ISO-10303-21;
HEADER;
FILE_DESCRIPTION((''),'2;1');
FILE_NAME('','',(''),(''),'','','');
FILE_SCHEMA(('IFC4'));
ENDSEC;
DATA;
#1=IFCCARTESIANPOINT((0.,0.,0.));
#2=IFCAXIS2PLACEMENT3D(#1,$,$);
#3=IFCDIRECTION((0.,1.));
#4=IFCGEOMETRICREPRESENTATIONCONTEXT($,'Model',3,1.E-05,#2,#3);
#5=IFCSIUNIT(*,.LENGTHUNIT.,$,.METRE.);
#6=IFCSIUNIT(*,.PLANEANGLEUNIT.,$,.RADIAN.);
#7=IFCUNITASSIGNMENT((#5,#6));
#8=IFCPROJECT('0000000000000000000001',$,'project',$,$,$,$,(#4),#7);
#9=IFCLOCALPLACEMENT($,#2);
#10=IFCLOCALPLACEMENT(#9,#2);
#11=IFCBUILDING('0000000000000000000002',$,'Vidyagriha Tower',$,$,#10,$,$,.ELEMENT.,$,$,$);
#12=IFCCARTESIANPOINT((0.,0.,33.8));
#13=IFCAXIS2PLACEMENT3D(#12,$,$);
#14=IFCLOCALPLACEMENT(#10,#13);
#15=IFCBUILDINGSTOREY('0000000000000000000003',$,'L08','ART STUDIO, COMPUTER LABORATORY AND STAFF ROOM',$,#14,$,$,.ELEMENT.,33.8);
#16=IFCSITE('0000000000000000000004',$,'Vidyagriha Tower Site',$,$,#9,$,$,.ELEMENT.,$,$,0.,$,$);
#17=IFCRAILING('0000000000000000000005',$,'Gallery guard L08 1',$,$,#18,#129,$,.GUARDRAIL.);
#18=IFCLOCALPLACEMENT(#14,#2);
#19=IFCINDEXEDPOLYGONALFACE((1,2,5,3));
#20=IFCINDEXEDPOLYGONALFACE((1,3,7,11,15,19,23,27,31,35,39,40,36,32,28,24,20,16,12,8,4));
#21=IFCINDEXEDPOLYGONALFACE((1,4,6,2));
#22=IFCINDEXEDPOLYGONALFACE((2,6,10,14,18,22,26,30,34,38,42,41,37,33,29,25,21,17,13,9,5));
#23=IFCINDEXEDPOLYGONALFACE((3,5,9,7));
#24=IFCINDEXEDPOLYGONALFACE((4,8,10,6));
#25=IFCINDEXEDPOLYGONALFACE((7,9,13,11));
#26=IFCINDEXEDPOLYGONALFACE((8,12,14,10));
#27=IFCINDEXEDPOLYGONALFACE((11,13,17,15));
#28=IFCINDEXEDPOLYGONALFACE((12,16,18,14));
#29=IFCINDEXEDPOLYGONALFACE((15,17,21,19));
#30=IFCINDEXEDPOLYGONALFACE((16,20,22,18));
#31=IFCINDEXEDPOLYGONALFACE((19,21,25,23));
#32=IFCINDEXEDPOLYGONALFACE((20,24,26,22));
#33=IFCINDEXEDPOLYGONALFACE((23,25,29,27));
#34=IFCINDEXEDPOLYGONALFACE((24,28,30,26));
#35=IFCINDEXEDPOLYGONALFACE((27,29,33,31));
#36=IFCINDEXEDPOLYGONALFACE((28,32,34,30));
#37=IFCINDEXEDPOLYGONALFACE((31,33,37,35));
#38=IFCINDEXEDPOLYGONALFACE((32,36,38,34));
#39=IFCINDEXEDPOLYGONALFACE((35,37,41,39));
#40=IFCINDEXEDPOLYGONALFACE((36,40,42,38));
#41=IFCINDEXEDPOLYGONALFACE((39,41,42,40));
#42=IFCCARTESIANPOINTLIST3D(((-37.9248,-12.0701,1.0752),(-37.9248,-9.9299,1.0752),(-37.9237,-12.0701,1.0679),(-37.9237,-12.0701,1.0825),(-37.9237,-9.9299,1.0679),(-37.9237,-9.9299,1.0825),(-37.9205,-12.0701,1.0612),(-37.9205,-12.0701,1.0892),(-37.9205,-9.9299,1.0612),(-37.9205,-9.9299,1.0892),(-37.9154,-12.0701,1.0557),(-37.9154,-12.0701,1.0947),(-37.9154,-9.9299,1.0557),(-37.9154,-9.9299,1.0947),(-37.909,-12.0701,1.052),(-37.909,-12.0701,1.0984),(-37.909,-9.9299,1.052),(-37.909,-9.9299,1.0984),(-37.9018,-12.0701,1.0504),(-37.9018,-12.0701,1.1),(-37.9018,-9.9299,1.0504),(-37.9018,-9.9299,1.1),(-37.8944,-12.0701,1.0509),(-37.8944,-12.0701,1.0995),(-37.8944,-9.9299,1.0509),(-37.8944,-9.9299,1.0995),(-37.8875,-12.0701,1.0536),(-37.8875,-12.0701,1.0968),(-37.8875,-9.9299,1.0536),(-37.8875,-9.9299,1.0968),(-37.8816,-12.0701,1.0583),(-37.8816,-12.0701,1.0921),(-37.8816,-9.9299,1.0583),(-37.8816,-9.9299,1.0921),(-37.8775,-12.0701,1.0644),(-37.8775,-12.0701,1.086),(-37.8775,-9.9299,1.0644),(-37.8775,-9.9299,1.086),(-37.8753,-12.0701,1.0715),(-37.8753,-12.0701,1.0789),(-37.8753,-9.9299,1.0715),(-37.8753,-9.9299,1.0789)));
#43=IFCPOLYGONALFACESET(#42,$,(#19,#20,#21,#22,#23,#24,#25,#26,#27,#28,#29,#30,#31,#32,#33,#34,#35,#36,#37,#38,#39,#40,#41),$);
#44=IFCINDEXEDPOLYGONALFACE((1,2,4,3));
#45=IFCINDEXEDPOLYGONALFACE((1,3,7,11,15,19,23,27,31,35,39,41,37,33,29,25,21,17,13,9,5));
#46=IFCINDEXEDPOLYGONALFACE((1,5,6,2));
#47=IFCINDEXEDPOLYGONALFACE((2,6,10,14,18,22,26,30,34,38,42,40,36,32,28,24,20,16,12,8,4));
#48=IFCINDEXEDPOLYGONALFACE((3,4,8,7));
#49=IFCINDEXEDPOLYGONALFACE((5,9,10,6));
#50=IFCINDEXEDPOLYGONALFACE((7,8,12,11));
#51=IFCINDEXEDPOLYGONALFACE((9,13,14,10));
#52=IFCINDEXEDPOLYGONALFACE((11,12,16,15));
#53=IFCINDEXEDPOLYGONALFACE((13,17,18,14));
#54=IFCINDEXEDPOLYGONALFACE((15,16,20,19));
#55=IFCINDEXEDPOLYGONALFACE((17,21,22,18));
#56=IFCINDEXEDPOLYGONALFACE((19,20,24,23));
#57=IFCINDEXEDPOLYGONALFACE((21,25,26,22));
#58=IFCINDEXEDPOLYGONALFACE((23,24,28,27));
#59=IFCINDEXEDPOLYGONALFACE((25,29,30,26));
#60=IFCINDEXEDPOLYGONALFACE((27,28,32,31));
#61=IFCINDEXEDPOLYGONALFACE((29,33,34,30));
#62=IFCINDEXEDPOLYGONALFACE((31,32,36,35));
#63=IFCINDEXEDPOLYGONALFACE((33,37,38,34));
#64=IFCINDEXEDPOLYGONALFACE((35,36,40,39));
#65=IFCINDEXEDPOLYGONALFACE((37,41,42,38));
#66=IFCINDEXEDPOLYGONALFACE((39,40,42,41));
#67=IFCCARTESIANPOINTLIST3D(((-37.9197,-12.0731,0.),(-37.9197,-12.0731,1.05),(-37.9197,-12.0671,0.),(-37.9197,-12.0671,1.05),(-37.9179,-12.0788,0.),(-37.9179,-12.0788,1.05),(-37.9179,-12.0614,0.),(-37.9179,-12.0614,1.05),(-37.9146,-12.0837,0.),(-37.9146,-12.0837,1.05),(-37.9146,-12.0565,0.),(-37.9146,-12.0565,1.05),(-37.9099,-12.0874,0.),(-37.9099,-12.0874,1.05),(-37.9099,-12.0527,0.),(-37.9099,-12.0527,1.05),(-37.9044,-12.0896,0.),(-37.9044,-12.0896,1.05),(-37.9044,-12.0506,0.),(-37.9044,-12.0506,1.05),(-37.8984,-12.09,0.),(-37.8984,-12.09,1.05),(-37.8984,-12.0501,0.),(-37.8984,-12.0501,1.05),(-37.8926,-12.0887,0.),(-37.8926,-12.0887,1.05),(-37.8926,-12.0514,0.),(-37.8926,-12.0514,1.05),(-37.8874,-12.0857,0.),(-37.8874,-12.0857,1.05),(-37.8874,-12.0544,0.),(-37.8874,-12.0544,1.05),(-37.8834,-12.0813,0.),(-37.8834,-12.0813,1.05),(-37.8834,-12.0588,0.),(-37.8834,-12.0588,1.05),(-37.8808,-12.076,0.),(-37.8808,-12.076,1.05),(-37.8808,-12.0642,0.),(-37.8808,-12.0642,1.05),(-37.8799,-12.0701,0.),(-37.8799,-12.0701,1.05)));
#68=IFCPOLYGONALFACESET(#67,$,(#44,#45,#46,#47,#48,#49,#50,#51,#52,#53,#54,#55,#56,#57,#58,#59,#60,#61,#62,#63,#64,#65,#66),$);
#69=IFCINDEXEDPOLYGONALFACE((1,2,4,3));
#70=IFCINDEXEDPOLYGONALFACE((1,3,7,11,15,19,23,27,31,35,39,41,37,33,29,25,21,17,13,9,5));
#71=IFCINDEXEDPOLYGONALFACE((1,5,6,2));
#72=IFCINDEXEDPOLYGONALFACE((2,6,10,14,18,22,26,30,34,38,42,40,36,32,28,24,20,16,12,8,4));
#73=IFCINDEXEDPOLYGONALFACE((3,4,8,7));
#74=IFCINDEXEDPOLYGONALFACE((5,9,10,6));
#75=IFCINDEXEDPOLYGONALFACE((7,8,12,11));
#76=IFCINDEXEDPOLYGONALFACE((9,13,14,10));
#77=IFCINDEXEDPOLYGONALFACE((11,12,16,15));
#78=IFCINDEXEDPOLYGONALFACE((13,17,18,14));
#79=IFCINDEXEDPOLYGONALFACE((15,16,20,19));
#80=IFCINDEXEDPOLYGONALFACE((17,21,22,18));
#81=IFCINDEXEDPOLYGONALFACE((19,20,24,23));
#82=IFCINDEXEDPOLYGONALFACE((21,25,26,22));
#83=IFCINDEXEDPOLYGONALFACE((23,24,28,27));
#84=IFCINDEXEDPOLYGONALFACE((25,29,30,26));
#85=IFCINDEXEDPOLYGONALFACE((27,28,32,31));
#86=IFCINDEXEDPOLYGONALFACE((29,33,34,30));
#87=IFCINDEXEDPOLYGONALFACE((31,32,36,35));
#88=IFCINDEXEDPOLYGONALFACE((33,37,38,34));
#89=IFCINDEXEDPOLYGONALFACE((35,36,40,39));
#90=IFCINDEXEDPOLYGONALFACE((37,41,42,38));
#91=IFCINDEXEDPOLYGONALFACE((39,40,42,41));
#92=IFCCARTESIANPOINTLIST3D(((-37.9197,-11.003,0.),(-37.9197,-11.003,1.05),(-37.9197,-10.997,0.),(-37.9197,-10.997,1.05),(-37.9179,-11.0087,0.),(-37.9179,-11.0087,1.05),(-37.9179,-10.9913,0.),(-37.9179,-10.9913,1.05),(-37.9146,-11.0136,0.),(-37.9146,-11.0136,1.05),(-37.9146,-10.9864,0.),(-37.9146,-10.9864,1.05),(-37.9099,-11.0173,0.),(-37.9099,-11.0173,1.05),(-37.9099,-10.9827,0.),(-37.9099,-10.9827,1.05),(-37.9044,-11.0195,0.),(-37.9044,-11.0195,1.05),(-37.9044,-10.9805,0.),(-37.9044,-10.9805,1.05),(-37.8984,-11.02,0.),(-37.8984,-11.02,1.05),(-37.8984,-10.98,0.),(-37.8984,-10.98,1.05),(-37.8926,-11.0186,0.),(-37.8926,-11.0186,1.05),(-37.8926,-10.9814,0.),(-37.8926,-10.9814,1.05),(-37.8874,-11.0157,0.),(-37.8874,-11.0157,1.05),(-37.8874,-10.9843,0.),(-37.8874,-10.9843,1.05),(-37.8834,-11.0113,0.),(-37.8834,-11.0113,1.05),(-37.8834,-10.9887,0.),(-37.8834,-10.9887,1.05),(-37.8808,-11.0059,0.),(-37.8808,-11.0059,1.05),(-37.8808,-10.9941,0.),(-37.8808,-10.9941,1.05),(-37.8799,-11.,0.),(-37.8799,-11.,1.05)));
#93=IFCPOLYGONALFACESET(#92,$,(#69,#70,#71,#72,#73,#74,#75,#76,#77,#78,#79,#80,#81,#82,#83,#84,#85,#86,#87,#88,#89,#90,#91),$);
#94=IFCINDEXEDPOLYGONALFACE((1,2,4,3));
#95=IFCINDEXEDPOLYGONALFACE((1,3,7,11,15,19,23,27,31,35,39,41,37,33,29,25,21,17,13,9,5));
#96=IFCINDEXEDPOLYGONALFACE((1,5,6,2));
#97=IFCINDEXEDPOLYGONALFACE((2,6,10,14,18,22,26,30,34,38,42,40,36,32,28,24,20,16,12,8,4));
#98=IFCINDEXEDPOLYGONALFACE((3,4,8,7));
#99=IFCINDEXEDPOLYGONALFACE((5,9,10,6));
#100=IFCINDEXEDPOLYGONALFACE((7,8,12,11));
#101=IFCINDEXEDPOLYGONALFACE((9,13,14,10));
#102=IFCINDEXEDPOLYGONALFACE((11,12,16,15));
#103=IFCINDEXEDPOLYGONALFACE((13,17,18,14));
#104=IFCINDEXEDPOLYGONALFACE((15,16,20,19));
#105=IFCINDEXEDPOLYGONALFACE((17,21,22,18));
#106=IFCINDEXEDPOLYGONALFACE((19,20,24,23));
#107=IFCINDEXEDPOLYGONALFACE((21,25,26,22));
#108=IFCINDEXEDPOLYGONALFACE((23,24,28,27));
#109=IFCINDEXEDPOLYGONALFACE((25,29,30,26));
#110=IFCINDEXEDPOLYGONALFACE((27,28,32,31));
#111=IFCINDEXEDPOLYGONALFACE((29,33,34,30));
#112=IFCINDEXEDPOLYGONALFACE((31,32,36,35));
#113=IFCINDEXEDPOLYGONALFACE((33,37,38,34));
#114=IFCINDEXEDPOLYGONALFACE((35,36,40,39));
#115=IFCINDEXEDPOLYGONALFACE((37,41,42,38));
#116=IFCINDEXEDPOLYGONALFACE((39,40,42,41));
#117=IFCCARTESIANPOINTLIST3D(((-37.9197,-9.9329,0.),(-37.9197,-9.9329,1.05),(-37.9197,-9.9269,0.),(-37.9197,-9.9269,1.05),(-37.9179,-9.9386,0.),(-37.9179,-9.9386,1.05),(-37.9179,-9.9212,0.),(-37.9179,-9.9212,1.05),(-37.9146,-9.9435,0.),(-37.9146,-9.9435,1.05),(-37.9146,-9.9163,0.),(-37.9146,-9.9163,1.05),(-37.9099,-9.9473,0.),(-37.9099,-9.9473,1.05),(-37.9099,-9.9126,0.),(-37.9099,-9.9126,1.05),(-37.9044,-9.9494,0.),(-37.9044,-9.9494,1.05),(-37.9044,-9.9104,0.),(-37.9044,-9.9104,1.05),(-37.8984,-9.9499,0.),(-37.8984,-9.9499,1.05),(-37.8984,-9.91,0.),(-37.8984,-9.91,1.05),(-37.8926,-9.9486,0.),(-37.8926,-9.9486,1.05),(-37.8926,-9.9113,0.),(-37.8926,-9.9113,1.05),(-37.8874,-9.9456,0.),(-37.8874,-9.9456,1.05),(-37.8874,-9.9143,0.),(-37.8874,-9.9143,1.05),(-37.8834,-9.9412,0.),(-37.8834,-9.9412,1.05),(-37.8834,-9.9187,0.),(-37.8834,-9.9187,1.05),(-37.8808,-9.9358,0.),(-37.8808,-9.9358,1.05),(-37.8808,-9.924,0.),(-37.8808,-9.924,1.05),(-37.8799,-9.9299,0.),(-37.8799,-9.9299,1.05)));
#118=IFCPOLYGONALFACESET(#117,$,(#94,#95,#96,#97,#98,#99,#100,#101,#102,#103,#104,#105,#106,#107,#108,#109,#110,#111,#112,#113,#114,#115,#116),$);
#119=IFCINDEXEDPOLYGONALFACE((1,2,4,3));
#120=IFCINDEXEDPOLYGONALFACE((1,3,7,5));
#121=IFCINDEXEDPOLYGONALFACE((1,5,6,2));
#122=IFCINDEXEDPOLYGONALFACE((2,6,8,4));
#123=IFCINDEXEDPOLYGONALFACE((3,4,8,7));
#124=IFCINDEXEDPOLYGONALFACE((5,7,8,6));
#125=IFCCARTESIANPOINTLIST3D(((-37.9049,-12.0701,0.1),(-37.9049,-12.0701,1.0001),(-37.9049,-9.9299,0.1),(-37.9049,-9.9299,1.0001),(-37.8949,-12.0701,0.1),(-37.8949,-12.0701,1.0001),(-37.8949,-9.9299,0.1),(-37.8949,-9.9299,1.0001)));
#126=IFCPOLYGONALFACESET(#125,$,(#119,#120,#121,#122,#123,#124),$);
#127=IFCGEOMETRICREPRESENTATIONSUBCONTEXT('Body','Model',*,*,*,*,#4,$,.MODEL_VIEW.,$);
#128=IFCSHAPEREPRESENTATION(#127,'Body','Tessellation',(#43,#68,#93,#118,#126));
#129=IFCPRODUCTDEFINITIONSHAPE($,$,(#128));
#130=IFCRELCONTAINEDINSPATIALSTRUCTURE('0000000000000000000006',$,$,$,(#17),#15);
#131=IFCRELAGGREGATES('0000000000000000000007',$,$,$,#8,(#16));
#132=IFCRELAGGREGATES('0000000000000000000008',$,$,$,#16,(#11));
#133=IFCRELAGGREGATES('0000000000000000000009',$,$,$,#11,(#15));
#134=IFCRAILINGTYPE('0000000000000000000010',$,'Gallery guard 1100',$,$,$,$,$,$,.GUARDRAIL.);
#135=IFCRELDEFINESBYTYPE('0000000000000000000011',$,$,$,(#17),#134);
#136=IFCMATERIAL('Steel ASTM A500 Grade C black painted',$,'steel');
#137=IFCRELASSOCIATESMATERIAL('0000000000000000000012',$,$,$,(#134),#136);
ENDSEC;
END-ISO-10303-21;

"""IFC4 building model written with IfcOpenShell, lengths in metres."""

from ifc_helpers import new_model, si_unit, direction, frame, origin, origin_2d, place, context, subcontext, project, spatial, rectangle, circle, extrude, material, type_object, element, save


model = new_model("IFC4")

# Units and contexts
model_context = context("Model", 3, precision=1e-05, world=origin(), true_north=direction((0.0, 1.0)))
body_context = subcontext(model_context, "Body", "Model", "MODEL_VIEW")
ifc_project = project(units=[si_unit("LENGTHUNIT", "METRE"), si_unit("PLANEANGLEUNIT", "RADIAN")], contexts=[model_context])

# Site, building, storey
site_placement = place(None, origin())
site = spatial("IfcSite", under=ifc_project, at=site_placement, Name="Vidyagriha Tower Site", CompositionType="ELEMENT", RefElevation=0.0)
building_placement = place(site_placement, origin())
building = spatial("IfcBuilding", under=site, at=building_placement, Name="Vidyagriha Tower", CompositionType="ELEMENT")
storey_placement = place(building_placement, frame((0.0, 0.0, 33.8)))
storey = spatial("IfcBuildingStorey", under=building, at=storey_placement, Name="L08", Description="ART STUDIO, COMPUTER LABORATORY AND STAFF ROOM", CompositionType="ELEMENT", Elevation=33.8)

# Railing
ifc_material_1 = material(Name="Steel ASTM A500 Grade C black painted", Category="steel")
railing_type = type_object("IfcRailingType", Name="Gallery guard 1100", PredefinedType="GUARDRAIL", material=ifc_material_1)
railing_1_placement = place(storey_placement, frame((-37.8999, -12.0701, 0.0)))
element("IfcRailing", 1, at=railing_1_placement, inside=storey, type_object=railing_type, Name="Gallery guard L08 1", PredefinedType="GUARDRAIL", context=body_context, shape_type="SweptSolid", body=[
    extrude(circle(Radius=0.0249, at=origin_2d()), frame((0.0, 0.0, 1.0752), z_axis=(0.0, 1.0, 0.0), x_axis=(-1.0, 0.0, 0.0)), (0.0, 0.0, 1.0), 2.1401),
    extrude(circle(Radius=0.02, at=origin_2d()), origin(), (0.0, 0.0, 1.0), 1.05),
    extrude(circle(Radius=0.02, at=origin_2d()), frame((0.0, 1.0701, 0.0)), (0.0, 0.0, 1.0), 1.05),
    extrude(circle(Radius=0.02, at=origin_2d()), frame((0.0, 2.1401, 0.0)), (0.0, 0.0, 1.0), 1.05),
    extrude(rectangle(XDim=0.01, YDim=0.9001, at=origin_2d()), frame((0.0, 0.0, 0.55), z_axis=(0.0, 1.0, 0.0), x_axis=(-1.0, 0.0, 0.0)), (0.0, 0.0, 1.0), 2.1401),
])

save(model, "model.ifc")
